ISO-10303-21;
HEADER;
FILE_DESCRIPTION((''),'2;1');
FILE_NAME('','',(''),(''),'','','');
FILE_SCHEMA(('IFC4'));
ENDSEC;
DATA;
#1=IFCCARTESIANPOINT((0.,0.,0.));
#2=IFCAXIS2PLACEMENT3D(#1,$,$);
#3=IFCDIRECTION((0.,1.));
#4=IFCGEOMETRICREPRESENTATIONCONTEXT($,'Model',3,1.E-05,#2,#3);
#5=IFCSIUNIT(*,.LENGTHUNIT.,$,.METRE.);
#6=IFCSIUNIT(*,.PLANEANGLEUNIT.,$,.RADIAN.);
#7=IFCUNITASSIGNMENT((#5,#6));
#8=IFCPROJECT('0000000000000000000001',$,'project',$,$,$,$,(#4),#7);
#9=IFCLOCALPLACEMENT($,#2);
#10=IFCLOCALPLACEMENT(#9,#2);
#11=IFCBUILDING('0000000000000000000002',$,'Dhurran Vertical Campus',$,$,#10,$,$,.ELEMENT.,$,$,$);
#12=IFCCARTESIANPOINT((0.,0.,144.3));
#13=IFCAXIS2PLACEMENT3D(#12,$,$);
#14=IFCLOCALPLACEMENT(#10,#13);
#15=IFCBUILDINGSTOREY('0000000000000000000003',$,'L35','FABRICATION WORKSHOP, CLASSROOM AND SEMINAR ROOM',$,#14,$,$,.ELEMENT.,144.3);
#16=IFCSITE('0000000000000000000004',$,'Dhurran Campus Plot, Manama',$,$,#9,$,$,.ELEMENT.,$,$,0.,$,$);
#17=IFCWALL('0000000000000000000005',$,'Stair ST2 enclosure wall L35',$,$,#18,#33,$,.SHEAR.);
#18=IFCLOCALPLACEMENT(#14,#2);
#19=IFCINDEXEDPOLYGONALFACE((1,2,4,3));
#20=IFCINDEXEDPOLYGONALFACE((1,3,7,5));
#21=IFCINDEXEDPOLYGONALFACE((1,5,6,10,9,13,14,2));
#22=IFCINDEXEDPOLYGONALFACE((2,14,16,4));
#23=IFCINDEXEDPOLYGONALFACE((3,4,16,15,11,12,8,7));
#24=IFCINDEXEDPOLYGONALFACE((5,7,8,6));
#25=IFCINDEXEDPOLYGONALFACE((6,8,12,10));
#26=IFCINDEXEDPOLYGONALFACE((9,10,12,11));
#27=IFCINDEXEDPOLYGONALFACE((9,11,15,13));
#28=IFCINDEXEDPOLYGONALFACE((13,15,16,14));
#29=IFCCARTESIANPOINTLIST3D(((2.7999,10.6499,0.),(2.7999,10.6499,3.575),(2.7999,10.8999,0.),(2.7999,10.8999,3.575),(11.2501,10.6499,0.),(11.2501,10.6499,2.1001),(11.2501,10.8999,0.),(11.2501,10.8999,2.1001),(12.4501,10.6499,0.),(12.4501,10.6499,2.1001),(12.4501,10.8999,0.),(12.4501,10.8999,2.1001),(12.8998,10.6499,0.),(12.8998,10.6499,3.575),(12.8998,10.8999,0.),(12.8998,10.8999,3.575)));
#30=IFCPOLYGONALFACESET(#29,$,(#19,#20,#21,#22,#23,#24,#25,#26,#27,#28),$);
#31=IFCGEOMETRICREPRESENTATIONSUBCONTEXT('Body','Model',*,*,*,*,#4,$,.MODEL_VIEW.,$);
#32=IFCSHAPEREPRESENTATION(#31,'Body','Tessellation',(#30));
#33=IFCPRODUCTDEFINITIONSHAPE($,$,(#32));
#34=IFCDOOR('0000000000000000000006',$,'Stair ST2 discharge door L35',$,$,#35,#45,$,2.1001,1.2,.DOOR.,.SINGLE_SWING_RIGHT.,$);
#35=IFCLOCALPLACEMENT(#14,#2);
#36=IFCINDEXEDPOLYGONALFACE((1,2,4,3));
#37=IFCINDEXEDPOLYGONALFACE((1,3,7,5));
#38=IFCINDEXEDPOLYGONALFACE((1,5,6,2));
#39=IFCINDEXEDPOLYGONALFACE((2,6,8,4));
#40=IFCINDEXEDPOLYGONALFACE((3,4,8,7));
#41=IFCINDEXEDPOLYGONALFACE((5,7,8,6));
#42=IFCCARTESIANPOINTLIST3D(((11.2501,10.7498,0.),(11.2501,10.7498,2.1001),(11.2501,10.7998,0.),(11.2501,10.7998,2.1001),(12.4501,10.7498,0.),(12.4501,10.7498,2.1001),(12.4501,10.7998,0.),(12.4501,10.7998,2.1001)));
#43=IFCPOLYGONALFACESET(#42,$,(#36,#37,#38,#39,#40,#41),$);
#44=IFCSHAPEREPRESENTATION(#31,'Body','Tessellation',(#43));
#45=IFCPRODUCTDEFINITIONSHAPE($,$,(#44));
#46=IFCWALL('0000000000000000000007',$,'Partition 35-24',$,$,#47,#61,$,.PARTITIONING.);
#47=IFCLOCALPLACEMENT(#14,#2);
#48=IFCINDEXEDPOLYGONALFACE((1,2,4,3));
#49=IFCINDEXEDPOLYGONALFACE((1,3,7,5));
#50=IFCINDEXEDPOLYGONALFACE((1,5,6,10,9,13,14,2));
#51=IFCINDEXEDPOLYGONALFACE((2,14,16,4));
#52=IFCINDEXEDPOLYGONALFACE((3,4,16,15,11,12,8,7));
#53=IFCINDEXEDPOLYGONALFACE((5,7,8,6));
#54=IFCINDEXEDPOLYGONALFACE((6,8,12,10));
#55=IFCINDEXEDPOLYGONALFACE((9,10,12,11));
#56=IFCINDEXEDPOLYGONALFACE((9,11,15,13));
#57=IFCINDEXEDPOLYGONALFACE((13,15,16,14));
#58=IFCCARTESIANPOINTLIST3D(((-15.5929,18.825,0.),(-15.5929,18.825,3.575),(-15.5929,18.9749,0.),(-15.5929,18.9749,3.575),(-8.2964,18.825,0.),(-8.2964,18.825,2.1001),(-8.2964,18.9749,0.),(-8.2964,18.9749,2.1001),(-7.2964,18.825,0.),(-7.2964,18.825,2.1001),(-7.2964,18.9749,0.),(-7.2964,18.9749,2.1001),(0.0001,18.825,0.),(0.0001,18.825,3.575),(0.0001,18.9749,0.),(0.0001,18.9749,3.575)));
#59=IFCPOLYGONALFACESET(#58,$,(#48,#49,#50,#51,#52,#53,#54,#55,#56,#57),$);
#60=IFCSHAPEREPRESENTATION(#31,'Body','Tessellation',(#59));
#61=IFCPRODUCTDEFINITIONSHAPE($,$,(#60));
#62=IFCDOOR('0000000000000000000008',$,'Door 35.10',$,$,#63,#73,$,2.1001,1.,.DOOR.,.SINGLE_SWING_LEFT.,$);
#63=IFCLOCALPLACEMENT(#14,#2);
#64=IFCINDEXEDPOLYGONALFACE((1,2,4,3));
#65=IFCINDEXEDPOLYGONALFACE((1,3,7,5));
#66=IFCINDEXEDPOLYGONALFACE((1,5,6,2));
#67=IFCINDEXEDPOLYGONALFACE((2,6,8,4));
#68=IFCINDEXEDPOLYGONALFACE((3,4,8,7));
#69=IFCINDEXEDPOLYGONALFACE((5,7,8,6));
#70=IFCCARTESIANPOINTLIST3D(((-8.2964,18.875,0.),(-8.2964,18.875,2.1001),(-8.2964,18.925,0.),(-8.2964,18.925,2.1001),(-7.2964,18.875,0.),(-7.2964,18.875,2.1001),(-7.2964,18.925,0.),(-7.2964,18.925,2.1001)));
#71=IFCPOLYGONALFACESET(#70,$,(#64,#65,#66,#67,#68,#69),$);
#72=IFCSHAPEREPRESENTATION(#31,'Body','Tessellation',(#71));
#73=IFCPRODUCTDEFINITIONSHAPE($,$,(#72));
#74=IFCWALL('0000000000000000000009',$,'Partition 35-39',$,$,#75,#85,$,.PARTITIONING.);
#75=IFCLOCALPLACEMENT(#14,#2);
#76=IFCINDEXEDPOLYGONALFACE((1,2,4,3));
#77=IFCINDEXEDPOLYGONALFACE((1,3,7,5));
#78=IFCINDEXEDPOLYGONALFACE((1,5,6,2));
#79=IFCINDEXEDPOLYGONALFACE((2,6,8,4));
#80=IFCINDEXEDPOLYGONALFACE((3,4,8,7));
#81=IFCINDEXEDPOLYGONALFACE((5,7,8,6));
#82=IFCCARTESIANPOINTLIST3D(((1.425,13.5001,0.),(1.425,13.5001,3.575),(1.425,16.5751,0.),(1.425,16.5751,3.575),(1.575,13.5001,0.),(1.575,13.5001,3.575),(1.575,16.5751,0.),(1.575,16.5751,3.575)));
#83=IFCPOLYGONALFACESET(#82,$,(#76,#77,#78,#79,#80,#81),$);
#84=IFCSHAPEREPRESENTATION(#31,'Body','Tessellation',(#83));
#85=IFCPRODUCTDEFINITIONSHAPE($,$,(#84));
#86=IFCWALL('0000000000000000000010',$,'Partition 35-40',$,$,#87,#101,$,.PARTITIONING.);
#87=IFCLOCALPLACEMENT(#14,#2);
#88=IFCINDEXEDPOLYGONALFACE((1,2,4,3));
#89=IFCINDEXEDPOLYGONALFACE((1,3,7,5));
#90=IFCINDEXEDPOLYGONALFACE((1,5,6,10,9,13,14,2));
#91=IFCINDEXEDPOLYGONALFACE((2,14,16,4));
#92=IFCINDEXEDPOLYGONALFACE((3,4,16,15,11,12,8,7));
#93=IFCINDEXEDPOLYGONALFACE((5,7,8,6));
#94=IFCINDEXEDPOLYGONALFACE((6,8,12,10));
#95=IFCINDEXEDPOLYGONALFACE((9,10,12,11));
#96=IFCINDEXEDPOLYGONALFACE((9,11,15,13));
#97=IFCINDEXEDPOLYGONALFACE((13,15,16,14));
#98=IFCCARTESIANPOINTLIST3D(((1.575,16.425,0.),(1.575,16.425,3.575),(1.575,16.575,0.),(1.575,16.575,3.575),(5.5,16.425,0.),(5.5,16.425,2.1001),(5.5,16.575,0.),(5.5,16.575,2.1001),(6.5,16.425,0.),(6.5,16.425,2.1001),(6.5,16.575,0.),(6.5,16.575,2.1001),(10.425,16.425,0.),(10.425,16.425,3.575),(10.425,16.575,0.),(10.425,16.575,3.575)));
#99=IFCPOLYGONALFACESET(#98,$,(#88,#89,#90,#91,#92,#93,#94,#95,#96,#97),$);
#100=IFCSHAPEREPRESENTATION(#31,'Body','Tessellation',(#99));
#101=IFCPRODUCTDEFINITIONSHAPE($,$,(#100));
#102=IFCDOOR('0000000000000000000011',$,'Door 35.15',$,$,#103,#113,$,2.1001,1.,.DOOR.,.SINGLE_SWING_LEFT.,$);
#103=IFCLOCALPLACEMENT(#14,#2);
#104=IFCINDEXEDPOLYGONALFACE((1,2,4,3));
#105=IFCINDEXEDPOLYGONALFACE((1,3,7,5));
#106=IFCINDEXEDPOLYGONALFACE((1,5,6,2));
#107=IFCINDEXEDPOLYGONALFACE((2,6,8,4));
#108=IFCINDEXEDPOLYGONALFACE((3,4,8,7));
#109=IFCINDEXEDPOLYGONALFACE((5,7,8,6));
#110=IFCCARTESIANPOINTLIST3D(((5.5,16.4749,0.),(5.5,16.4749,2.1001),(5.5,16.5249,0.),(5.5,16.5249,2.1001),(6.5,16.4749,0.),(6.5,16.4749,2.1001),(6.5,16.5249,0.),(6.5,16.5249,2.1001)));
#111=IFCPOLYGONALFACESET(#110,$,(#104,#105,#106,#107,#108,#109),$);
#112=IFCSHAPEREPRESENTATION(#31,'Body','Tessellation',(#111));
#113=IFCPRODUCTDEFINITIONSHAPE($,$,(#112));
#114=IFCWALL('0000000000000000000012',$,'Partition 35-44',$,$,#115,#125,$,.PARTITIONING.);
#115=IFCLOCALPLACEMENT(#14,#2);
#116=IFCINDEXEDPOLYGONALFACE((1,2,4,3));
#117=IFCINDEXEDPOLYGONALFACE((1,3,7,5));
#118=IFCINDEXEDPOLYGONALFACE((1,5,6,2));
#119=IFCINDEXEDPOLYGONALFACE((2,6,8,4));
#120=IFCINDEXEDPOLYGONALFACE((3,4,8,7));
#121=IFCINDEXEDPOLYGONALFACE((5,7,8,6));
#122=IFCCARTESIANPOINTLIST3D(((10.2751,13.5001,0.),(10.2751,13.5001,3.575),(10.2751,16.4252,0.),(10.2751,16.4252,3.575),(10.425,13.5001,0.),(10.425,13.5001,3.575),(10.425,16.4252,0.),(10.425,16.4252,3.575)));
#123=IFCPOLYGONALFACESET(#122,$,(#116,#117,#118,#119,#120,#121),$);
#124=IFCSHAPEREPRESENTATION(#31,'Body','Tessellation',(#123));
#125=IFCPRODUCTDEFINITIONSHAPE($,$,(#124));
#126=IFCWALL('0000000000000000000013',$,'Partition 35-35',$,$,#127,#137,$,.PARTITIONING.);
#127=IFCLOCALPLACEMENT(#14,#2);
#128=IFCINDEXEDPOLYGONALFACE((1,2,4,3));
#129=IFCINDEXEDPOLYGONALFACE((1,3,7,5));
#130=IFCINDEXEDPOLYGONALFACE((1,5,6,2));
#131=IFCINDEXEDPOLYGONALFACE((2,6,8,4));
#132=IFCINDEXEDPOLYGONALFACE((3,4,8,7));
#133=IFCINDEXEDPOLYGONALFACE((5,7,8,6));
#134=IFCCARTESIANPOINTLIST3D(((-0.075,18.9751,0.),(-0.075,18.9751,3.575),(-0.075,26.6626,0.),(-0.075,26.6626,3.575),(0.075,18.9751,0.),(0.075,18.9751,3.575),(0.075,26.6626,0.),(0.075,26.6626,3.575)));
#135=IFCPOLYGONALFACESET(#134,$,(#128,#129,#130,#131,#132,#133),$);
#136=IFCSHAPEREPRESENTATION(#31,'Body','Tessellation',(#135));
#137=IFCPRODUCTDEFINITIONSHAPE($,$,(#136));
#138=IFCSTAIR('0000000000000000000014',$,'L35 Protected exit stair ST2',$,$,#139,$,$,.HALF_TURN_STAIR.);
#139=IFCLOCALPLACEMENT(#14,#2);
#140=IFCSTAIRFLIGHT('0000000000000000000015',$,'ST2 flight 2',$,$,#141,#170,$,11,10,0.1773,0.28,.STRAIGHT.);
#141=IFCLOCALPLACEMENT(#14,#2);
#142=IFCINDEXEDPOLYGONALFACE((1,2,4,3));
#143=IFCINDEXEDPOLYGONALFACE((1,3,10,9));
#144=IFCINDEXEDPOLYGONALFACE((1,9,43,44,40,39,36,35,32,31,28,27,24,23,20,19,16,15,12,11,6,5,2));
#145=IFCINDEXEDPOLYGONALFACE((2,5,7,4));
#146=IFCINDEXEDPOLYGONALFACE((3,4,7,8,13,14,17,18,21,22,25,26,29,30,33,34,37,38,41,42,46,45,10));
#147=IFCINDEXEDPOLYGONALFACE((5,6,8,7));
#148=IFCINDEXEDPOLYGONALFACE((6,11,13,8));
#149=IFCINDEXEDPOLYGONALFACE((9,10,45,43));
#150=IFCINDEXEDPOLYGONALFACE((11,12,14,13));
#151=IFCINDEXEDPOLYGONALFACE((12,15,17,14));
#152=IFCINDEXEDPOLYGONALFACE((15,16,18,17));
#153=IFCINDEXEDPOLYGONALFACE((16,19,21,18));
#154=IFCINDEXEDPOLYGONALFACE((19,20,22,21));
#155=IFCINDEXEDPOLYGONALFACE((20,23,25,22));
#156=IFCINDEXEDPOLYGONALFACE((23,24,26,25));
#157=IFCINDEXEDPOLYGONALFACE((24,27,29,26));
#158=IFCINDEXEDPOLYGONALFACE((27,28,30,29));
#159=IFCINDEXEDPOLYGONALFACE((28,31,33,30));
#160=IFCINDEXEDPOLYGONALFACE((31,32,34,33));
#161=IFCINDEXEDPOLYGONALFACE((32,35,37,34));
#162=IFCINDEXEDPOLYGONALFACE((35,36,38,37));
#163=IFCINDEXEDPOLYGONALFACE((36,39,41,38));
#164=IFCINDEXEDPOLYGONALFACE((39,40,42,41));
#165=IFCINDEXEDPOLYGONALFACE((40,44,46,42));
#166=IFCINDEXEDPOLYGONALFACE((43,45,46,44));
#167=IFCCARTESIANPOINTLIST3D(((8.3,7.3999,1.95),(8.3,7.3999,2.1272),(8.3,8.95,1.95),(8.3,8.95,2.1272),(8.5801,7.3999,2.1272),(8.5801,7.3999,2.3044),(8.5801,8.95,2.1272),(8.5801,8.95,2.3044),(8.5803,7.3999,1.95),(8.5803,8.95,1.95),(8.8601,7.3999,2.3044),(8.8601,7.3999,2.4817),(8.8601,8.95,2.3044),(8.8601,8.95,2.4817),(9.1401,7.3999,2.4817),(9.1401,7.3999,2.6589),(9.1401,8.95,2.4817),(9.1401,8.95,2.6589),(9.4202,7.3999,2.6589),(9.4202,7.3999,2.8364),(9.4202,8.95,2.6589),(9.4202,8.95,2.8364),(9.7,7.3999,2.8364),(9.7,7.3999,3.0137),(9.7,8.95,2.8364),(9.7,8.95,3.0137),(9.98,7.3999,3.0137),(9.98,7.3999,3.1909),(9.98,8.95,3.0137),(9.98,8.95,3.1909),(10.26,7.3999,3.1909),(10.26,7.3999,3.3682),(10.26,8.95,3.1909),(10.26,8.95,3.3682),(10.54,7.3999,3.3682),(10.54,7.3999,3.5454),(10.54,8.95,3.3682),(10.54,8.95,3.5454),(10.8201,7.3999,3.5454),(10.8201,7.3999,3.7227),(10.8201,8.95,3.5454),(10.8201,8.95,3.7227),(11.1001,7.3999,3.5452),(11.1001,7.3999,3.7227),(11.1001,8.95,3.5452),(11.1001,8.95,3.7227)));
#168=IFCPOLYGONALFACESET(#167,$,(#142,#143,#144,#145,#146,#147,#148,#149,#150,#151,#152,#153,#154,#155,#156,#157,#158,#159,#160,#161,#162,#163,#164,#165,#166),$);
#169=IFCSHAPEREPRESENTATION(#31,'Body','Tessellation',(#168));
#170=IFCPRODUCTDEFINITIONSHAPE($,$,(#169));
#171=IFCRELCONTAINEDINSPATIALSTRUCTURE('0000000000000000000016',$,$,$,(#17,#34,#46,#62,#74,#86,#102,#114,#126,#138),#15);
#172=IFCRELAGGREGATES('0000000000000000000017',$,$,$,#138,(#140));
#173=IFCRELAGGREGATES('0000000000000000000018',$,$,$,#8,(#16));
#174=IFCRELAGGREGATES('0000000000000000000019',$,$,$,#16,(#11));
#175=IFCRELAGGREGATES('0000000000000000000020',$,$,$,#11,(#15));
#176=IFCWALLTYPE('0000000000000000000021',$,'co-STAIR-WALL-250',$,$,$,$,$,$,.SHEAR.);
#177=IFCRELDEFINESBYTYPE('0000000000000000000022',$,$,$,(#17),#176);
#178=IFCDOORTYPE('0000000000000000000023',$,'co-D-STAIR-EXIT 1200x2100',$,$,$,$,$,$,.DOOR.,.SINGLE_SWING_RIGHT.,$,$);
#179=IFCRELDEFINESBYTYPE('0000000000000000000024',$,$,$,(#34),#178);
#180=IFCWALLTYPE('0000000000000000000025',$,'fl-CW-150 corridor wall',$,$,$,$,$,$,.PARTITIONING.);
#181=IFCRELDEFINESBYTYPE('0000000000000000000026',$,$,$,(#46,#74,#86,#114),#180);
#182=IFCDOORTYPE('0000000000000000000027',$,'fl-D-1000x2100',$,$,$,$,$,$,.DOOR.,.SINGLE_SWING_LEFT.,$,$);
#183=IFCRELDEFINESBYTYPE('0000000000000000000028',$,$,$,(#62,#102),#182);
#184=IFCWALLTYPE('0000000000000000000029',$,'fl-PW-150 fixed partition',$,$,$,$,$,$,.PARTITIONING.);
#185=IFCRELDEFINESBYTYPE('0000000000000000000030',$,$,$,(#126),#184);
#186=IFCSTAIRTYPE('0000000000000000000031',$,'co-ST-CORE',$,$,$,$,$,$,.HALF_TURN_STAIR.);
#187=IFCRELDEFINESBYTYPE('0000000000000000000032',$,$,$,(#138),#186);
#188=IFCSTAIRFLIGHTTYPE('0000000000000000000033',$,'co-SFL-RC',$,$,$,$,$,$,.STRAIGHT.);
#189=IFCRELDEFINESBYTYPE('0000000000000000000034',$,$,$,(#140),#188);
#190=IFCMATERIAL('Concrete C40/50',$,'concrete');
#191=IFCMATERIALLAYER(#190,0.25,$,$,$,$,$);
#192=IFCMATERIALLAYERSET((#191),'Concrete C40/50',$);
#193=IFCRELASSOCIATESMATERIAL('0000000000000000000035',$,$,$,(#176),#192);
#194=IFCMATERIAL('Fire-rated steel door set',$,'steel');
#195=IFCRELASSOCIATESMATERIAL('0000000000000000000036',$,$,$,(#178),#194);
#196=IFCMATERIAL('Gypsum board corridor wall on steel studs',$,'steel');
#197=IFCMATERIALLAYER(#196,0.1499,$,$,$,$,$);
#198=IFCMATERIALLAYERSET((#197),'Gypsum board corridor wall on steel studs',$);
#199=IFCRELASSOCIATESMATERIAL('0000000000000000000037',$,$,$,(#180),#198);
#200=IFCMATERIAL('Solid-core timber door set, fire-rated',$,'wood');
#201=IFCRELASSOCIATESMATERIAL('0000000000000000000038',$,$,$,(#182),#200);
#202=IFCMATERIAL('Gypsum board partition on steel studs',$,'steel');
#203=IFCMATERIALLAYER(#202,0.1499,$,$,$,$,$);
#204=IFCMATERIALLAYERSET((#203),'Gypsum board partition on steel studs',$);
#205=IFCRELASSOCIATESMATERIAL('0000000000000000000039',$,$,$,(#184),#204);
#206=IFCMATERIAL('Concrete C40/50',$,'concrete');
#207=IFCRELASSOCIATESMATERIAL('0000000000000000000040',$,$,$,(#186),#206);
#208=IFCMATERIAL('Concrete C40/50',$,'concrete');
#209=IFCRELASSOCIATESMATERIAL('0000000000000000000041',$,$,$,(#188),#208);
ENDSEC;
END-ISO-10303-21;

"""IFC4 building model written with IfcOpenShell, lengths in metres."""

from ifc_helpers import new_model, si_unit, direction, frame, frame_2d, origin, place, context, subcontext, project, spatial, polyline, rectangle, outline, extrude, material, layer, layer_set, type_object, element, fill, aggregate, save


model = new_model("IFC4")

# Units and contexts
model_context = context("Model", 3, precision=1e-05, world=origin(), true_north=direction((0.0, 1.0)))
body_context = subcontext(model_context, "Body", "Model", "MODEL_VIEW")
ifc_project = project(units=[si_unit("LENGTHUNIT", "METRE"), si_unit("PLANEANGLEUNIT", "RADIAN")], contexts=[model_context])

# Site, building, storey
site_placement = place(None, origin())
site = spatial("IfcSite", under=ifc_project, at=site_placement, Name="Dhurran Campus Plot, Manama", CompositionType="ELEMENT", RefElevation=0.0)
building_placement = place(site_placement, origin())
building = spatial("IfcBuilding", under=site, at=building_placement, Name="Dhurran Vertical Campus", CompositionType="ELEMENT")
storey_placement = place(building_placement, frame((0.0, 0.0, 144.3)))
storey = spatial("IfcBuildingStorey", under=building, at=storey_placement, Name="L35", Description="FABRICATION WORKSHOP, CLASSROOM AND SEMINAR ROOM", CompositionType="ELEMENT", Elevation=144.3)

# Walls, openings, doors
ifc_material_1 = material(Name="Concrete C40/50", Category="concrete")
ifc_layer_1 = layer(ifc_material_1, 0.25)
ifc_layer_set_1 = layer_set([ifc_layer_1], Name="Concrete C40/50")
wall_type_1 = type_object("IfcWallType", Name="co-STAIR-WALL-250", PredefinedType="SHEAR", material=ifc_layer_set_1)
wall_1_placement = place(storey_placement, frame((2.8, 10.7749, 0.0), z_axis=(0.0, 0.0, 1.0), x_axis=(1.0, 0.0, 0.0)))
wall_1 = element("IfcWall", 1, at=wall_1_placement, inside=storey, type_object=wall_type_1, Name="Stair ST2 enclosure wall L35", PredefinedType="SHEAR", context=body_context, shape_type="SweptSolid", body=[
    extrude(rectangle(XDim=10.0999, YDim=0.25, at=frame_2d((5.0498, 0.0))), origin(), (0.0, 0.0, 1.0), 3.575),
])
opening_1_placement = place(wall_1_placement, frame((8.45, 0.0, 0.0)))
opening_1 = element("IfcOpeningElement", 2, at=opening_1_placement, cuts=wall_1, PredefinedType="OPENING", context=body_context, shape_type="SweptSolid", body=[
    extrude(rectangle(XDim=1.2, YDim=2.1001, at=frame_2d((0.6001, 1.05))), frame((0.0, 0.135, 0.0), z_axis=(0.0, -1.0, 0.0), x_axis=(1.0, 0.0, 0.0)), (0.0, 0.0, 1.0), 0.27),
])
ifc_material_2 = material(Name="Fire-rated steel door set", Category="steel")
door_type_1 = type_object("IfcDoorType", Name="co-D-STAIR-EXIT 1200x2100", OperationType="SINGLE_SWING_RIGHT", PredefinedType="DOOR", material=ifc_material_2)
door_1_placement = place(opening_1_placement, origin())
door_1 = element("IfcDoor", 3, at=door_1_placement, inside=storey, type_object=door_type_1, Name="Stair ST2 discharge door L35", OperationType="SINGLE_SWING_RIGHT", OverallHeight=2.1001, OverallWidth=1.2, PredefinedType="DOOR", context=body_context, shape_type="SweptSolid", body=[
    extrude(rectangle(XDim=1.2, YDim=2.1001, at=frame_2d((0.6001, 1.05))), frame((0.0, 0.0249, 0.0), z_axis=(0.0, -1.0, 0.0), x_axis=(1.0, 0.0, 0.0)), (0.0, 0.0, 1.0), 0.05),
])
fill(opening_1, door_1)
ifc_material_3 = material(Name="Gypsum board corridor wall on steel studs", Category="steel")
ifc_layer_2 = layer(ifc_material_3, 0.1499)
ifc_layer_set_2 = layer_set([ifc_layer_2], Name="Gypsum board corridor wall on steel studs")
wall_type_2 = type_object("IfcWallType", Name="fl-CW-150 corridor wall", PredefinedType="PARTITIONING", material=ifc_layer_set_2)
wall_2_placement = place(storey_placement, frame((0.0, 18.8999, 0.0), z_axis=(0.0, 0.0, 1.0), x_axis=(-1.0, 0.0, 0.0)))
wall_2 = element("IfcWall", 4, at=wall_2_placement, inside=storey, type_object=wall_type_2, Name="Partition 35-24", PredefinedType="PARTITIONING", context=body_context, shape_type="SweptSolid", body=[
    extrude(rectangle(XDim=15.593, YDim=0.1499, at=frame_2d((7.7964, 0.0))), origin(), (0.0, 0.0, 1.0), 3.575),
])
opening_2_placement = place(wall_2_placement, frame((7.2964, 0.0, 0.0)))
opening_2 = element("IfcOpeningElement", 5, at=opening_2_placement, cuts=wall_2, PredefinedType="OPENING", context=body_context, shape_type="SweptSolid", body=[
    extrude(rectangle(XDim=1.0, YDim=2.1001, at=frame_2d((0.5, 1.05))), frame((0.0, 0.085, 0.0), z_axis=(0.0, -1.0, 0.0), x_axis=(1.0, 0.0, 0.0)), (0.0, 0.0, 1.0), 0.1699),
])
ifc_material_4 = material(Name="Solid-core timber door set, fire-rated", Category="wood")
door_type_2 = type_object("IfcDoorType", Name="fl-D-1000x2100", OperationType="SINGLE_SWING_LEFT", PredefinedType="DOOR", material=ifc_material_4)
door_2_placement = place(opening_2_placement, origin())
door_2 = element("IfcDoor", 6, at=door_2_placement, inside=storey, type_object=door_type_2, Name="Door 35.10", OperationType="SINGLE_SWING_LEFT", OverallHeight=2.1001, OverallWidth=1.0, PredefinedType="DOOR", context=body_context, shape_type="SweptSolid", body=[
    extrude(rectangle(XDim=1.0, YDim=2.1001, at=frame_2d((0.5, 1.05))), frame((0.0, 0.0249, 0.0), z_axis=(0.0, -1.0, 0.0), x_axis=(1.0, 0.0, 0.0)), (0.0, 0.0, 1.0), 0.05),
])
fill(opening_2, door_2)

# Wall
wall_3_placement = place(storey_placement, frame((1.5, 13.5, 0.0), z_axis=(0.0, 0.0, 1.0), x_axis=(0.0, 1.0, 0.0)))
element("IfcWall", 7, at=wall_3_placement, inside=storey, type_object=wall_type_2, Name="Partition 35-39", PredefinedType="PARTITIONING", context=body_context, shape_type="SweptSolid", body=[
    extrude(rectangle(XDim=3.075, YDim=0.1499, at=frame_2d((1.5376, 0.0))), origin(), (0.0, 0.0, 1.0), 3.575),
])

# Wall, opening, door
wall_4_placement = place(storey_placement, frame((1.575, 16.5, 0.0), z_axis=(0.0, 0.0, 1.0), x_axis=(1.0, 0.0, 0.0)))
wall_4 = element("IfcWall", 8, at=wall_4_placement, inside=storey, type_object=wall_type_2, Name="Partition 35-40", PredefinedType="PARTITIONING", context=body_context, shape_type="SweptSolid", body=[
    extrude(rectangle(XDim=8.8501, YDim=0.1499, at=frame_2d((4.425, 0.0))), origin(), (0.0, 0.0, 1.0), 3.575),
])
opening_3_placement = place(wall_4_placement, frame((3.925, 0.0, 0.0)))
opening_3 = element("IfcOpeningElement", 9, at=opening_3_placement, cuts=wall_4, PredefinedType="OPENING", context=body_context, shape_type="SweptSolid", body=[
    extrude(rectangle(XDim=1.0, YDim=2.1001, at=frame_2d((0.5, 1.05))), frame((0.0, 0.085, 0.0), z_axis=(0.0, -1.0, 0.0), x_axis=(1.0, 0.0, 0.0)), (0.0, 0.0, 1.0), 0.1699),
])
door_3_placement = place(opening_3_placement, origin())
door_3 = element("IfcDoor", 10, at=door_3_placement, inside=storey, type_object=door_type_2, Name="Door 35.15", OperationType="SINGLE_SWING_LEFT", OverallHeight=2.1001, OverallWidth=1.0, PredefinedType="DOOR", context=body_context, shape_type="SweptSolid", body=[
    extrude(rectangle(XDim=1.0, YDim=2.1001, at=frame_2d((0.5, 1.05))), frame((0.0, 0.0249, 0.0), z_axis=(0.0, -1.0, 0.0), x_axis=(1.0, 0.0, 0.0)), (0.0, 0.0, 1.0), 0.05),
])
fill(opening_3, door_3)

# Walls
wall_5_placement = place(storey_placement, frame((10.3501, 16.425, 0.0), z_axis=(0.0, 0.0, 1.0), x_axis=(0.0, -1.0, 0.0)))
element("IfcWall", 11, at=wall_5_placement, inside=storey, type_object=wall_type_2, Name="Partition 35-44", PredefinedType="PARTITIONING", context=body_context, shape_type="SweptSolid", body=[
    extrude(rectangle(XDim=2.925, YDim=0.1499, at=frame_2d((1.4624, 0.0))), origin(), (0.0, 0.0, 1.0), 3.575),
])
ifc_material_5 = material(Name="Gypsum board partition on steel studs", Category="steel")
ifc_layer_3 = layer(ifc_material_5, 0.1499)
ifc_layer_set_3 = layer_set([ifc_layer_3], Name="Gypsum board partition on steel studs")
wall_type_3 = type_object("IfcWallType", Name="fl-PW-150 fixed partition", PredefinedType="PARTITIONING", material=ifc_layer_set_3)
wall_6_placement = place(storey_placement, frame((0.0, 26.6626, 0.0), z_axis=(0.0, 0.0, 1.0), x_axis=(0.0, -1.0, 0.0)))
element("IfcWall", 12, at=wall_6_placement, inside=storey, type_object=wall_type_3, Name="Partition 35-35", PredefinedType="PARTITIONING", context=body_context, shape_type="SweptSolid", body=[
    extrude(rectangle(XDim=7.6875, YDim=0.1499, at=frame_2d((3.8438, 0.0))), origin(), (0.0, 0.0, 1.0), 3.575),
])

# Stair, stair flight
ifc_material_6 = material(Name="Concrete C40/50", Category="concrete")
stair_type = type_object("IfcStairType", Name="co-ST-CORE", PredefinedType="HALF_TURN_STAIR", material=ifc_material_6)
stair_placement = place(storey_placement, origin())
stair = element("IfcStair", 13, at=stair_placement, inside=storey, type_object=stair_type, Name="L35 Protected exit stair ST2", PredefinedType="HALF_TURN_STAIR")
ifc_material_7 = material(Name="Concrete C40/50", Category="concrete")
stair_flight_type = type_object("IfcStairFlightType", Name="co-SFL-RC", PredefinedType="STRAIGHT", material=ifc_material_7)
stair_flight_placement = place(storey_placement, frame((8.3, 8.175, 1.95), z_axis=(0.0, 0.0, 1.0), x_axis=(1.0, 0.0, 0.0)))
stair_flight = element("IfcStairFlight", 14, at=stair_flight_placement, type_object=stair_flight_type, Name="ST2 flight 2", NumberOfRisers=11, NumberOfTreads=10, PredefinedType="STRAIGHT", RiserHeight=0.1773, TreadLength=0.28, context=body_context, shape_type="SweptSolid", body=[
    extrude(outline(polyline([(0.0, 0.0), (0.0, 0.1772), (0.28, 0.1772), (0.28, 0.3545), (0.5601, 0.3545), (0.5601, 0.5317), (0.8401, 0.5317), (0.8401, 0.709), (1.1201, 0.709), (1.1201, 0.8865), (1.3999, 0.8865), (1.3999, 1.0637), (1.6799, 1.0637), (1.6799, 1.241), (1.96, 1.241), (1.96, 1.4182), (2.24, 1.4182), (2.24, 1.5955), (2.52, 1.5955), (2.52, 1.7727), (2.8, 1.7727), (2.8, 1.95), (2.8, 1.5952), (0.2803, 0.0), (0.0, 0.0)])), frame((0.0, 0.7749, 0.0), z_axis=(0.0, -1.0, 0.0), x_axis=(1.0, 0.0, 0.0)), (0.0, 0.0, 1.0), 1.55),
])
aggregate(stair, [stair_flight])

save(model, "model.ifc")
